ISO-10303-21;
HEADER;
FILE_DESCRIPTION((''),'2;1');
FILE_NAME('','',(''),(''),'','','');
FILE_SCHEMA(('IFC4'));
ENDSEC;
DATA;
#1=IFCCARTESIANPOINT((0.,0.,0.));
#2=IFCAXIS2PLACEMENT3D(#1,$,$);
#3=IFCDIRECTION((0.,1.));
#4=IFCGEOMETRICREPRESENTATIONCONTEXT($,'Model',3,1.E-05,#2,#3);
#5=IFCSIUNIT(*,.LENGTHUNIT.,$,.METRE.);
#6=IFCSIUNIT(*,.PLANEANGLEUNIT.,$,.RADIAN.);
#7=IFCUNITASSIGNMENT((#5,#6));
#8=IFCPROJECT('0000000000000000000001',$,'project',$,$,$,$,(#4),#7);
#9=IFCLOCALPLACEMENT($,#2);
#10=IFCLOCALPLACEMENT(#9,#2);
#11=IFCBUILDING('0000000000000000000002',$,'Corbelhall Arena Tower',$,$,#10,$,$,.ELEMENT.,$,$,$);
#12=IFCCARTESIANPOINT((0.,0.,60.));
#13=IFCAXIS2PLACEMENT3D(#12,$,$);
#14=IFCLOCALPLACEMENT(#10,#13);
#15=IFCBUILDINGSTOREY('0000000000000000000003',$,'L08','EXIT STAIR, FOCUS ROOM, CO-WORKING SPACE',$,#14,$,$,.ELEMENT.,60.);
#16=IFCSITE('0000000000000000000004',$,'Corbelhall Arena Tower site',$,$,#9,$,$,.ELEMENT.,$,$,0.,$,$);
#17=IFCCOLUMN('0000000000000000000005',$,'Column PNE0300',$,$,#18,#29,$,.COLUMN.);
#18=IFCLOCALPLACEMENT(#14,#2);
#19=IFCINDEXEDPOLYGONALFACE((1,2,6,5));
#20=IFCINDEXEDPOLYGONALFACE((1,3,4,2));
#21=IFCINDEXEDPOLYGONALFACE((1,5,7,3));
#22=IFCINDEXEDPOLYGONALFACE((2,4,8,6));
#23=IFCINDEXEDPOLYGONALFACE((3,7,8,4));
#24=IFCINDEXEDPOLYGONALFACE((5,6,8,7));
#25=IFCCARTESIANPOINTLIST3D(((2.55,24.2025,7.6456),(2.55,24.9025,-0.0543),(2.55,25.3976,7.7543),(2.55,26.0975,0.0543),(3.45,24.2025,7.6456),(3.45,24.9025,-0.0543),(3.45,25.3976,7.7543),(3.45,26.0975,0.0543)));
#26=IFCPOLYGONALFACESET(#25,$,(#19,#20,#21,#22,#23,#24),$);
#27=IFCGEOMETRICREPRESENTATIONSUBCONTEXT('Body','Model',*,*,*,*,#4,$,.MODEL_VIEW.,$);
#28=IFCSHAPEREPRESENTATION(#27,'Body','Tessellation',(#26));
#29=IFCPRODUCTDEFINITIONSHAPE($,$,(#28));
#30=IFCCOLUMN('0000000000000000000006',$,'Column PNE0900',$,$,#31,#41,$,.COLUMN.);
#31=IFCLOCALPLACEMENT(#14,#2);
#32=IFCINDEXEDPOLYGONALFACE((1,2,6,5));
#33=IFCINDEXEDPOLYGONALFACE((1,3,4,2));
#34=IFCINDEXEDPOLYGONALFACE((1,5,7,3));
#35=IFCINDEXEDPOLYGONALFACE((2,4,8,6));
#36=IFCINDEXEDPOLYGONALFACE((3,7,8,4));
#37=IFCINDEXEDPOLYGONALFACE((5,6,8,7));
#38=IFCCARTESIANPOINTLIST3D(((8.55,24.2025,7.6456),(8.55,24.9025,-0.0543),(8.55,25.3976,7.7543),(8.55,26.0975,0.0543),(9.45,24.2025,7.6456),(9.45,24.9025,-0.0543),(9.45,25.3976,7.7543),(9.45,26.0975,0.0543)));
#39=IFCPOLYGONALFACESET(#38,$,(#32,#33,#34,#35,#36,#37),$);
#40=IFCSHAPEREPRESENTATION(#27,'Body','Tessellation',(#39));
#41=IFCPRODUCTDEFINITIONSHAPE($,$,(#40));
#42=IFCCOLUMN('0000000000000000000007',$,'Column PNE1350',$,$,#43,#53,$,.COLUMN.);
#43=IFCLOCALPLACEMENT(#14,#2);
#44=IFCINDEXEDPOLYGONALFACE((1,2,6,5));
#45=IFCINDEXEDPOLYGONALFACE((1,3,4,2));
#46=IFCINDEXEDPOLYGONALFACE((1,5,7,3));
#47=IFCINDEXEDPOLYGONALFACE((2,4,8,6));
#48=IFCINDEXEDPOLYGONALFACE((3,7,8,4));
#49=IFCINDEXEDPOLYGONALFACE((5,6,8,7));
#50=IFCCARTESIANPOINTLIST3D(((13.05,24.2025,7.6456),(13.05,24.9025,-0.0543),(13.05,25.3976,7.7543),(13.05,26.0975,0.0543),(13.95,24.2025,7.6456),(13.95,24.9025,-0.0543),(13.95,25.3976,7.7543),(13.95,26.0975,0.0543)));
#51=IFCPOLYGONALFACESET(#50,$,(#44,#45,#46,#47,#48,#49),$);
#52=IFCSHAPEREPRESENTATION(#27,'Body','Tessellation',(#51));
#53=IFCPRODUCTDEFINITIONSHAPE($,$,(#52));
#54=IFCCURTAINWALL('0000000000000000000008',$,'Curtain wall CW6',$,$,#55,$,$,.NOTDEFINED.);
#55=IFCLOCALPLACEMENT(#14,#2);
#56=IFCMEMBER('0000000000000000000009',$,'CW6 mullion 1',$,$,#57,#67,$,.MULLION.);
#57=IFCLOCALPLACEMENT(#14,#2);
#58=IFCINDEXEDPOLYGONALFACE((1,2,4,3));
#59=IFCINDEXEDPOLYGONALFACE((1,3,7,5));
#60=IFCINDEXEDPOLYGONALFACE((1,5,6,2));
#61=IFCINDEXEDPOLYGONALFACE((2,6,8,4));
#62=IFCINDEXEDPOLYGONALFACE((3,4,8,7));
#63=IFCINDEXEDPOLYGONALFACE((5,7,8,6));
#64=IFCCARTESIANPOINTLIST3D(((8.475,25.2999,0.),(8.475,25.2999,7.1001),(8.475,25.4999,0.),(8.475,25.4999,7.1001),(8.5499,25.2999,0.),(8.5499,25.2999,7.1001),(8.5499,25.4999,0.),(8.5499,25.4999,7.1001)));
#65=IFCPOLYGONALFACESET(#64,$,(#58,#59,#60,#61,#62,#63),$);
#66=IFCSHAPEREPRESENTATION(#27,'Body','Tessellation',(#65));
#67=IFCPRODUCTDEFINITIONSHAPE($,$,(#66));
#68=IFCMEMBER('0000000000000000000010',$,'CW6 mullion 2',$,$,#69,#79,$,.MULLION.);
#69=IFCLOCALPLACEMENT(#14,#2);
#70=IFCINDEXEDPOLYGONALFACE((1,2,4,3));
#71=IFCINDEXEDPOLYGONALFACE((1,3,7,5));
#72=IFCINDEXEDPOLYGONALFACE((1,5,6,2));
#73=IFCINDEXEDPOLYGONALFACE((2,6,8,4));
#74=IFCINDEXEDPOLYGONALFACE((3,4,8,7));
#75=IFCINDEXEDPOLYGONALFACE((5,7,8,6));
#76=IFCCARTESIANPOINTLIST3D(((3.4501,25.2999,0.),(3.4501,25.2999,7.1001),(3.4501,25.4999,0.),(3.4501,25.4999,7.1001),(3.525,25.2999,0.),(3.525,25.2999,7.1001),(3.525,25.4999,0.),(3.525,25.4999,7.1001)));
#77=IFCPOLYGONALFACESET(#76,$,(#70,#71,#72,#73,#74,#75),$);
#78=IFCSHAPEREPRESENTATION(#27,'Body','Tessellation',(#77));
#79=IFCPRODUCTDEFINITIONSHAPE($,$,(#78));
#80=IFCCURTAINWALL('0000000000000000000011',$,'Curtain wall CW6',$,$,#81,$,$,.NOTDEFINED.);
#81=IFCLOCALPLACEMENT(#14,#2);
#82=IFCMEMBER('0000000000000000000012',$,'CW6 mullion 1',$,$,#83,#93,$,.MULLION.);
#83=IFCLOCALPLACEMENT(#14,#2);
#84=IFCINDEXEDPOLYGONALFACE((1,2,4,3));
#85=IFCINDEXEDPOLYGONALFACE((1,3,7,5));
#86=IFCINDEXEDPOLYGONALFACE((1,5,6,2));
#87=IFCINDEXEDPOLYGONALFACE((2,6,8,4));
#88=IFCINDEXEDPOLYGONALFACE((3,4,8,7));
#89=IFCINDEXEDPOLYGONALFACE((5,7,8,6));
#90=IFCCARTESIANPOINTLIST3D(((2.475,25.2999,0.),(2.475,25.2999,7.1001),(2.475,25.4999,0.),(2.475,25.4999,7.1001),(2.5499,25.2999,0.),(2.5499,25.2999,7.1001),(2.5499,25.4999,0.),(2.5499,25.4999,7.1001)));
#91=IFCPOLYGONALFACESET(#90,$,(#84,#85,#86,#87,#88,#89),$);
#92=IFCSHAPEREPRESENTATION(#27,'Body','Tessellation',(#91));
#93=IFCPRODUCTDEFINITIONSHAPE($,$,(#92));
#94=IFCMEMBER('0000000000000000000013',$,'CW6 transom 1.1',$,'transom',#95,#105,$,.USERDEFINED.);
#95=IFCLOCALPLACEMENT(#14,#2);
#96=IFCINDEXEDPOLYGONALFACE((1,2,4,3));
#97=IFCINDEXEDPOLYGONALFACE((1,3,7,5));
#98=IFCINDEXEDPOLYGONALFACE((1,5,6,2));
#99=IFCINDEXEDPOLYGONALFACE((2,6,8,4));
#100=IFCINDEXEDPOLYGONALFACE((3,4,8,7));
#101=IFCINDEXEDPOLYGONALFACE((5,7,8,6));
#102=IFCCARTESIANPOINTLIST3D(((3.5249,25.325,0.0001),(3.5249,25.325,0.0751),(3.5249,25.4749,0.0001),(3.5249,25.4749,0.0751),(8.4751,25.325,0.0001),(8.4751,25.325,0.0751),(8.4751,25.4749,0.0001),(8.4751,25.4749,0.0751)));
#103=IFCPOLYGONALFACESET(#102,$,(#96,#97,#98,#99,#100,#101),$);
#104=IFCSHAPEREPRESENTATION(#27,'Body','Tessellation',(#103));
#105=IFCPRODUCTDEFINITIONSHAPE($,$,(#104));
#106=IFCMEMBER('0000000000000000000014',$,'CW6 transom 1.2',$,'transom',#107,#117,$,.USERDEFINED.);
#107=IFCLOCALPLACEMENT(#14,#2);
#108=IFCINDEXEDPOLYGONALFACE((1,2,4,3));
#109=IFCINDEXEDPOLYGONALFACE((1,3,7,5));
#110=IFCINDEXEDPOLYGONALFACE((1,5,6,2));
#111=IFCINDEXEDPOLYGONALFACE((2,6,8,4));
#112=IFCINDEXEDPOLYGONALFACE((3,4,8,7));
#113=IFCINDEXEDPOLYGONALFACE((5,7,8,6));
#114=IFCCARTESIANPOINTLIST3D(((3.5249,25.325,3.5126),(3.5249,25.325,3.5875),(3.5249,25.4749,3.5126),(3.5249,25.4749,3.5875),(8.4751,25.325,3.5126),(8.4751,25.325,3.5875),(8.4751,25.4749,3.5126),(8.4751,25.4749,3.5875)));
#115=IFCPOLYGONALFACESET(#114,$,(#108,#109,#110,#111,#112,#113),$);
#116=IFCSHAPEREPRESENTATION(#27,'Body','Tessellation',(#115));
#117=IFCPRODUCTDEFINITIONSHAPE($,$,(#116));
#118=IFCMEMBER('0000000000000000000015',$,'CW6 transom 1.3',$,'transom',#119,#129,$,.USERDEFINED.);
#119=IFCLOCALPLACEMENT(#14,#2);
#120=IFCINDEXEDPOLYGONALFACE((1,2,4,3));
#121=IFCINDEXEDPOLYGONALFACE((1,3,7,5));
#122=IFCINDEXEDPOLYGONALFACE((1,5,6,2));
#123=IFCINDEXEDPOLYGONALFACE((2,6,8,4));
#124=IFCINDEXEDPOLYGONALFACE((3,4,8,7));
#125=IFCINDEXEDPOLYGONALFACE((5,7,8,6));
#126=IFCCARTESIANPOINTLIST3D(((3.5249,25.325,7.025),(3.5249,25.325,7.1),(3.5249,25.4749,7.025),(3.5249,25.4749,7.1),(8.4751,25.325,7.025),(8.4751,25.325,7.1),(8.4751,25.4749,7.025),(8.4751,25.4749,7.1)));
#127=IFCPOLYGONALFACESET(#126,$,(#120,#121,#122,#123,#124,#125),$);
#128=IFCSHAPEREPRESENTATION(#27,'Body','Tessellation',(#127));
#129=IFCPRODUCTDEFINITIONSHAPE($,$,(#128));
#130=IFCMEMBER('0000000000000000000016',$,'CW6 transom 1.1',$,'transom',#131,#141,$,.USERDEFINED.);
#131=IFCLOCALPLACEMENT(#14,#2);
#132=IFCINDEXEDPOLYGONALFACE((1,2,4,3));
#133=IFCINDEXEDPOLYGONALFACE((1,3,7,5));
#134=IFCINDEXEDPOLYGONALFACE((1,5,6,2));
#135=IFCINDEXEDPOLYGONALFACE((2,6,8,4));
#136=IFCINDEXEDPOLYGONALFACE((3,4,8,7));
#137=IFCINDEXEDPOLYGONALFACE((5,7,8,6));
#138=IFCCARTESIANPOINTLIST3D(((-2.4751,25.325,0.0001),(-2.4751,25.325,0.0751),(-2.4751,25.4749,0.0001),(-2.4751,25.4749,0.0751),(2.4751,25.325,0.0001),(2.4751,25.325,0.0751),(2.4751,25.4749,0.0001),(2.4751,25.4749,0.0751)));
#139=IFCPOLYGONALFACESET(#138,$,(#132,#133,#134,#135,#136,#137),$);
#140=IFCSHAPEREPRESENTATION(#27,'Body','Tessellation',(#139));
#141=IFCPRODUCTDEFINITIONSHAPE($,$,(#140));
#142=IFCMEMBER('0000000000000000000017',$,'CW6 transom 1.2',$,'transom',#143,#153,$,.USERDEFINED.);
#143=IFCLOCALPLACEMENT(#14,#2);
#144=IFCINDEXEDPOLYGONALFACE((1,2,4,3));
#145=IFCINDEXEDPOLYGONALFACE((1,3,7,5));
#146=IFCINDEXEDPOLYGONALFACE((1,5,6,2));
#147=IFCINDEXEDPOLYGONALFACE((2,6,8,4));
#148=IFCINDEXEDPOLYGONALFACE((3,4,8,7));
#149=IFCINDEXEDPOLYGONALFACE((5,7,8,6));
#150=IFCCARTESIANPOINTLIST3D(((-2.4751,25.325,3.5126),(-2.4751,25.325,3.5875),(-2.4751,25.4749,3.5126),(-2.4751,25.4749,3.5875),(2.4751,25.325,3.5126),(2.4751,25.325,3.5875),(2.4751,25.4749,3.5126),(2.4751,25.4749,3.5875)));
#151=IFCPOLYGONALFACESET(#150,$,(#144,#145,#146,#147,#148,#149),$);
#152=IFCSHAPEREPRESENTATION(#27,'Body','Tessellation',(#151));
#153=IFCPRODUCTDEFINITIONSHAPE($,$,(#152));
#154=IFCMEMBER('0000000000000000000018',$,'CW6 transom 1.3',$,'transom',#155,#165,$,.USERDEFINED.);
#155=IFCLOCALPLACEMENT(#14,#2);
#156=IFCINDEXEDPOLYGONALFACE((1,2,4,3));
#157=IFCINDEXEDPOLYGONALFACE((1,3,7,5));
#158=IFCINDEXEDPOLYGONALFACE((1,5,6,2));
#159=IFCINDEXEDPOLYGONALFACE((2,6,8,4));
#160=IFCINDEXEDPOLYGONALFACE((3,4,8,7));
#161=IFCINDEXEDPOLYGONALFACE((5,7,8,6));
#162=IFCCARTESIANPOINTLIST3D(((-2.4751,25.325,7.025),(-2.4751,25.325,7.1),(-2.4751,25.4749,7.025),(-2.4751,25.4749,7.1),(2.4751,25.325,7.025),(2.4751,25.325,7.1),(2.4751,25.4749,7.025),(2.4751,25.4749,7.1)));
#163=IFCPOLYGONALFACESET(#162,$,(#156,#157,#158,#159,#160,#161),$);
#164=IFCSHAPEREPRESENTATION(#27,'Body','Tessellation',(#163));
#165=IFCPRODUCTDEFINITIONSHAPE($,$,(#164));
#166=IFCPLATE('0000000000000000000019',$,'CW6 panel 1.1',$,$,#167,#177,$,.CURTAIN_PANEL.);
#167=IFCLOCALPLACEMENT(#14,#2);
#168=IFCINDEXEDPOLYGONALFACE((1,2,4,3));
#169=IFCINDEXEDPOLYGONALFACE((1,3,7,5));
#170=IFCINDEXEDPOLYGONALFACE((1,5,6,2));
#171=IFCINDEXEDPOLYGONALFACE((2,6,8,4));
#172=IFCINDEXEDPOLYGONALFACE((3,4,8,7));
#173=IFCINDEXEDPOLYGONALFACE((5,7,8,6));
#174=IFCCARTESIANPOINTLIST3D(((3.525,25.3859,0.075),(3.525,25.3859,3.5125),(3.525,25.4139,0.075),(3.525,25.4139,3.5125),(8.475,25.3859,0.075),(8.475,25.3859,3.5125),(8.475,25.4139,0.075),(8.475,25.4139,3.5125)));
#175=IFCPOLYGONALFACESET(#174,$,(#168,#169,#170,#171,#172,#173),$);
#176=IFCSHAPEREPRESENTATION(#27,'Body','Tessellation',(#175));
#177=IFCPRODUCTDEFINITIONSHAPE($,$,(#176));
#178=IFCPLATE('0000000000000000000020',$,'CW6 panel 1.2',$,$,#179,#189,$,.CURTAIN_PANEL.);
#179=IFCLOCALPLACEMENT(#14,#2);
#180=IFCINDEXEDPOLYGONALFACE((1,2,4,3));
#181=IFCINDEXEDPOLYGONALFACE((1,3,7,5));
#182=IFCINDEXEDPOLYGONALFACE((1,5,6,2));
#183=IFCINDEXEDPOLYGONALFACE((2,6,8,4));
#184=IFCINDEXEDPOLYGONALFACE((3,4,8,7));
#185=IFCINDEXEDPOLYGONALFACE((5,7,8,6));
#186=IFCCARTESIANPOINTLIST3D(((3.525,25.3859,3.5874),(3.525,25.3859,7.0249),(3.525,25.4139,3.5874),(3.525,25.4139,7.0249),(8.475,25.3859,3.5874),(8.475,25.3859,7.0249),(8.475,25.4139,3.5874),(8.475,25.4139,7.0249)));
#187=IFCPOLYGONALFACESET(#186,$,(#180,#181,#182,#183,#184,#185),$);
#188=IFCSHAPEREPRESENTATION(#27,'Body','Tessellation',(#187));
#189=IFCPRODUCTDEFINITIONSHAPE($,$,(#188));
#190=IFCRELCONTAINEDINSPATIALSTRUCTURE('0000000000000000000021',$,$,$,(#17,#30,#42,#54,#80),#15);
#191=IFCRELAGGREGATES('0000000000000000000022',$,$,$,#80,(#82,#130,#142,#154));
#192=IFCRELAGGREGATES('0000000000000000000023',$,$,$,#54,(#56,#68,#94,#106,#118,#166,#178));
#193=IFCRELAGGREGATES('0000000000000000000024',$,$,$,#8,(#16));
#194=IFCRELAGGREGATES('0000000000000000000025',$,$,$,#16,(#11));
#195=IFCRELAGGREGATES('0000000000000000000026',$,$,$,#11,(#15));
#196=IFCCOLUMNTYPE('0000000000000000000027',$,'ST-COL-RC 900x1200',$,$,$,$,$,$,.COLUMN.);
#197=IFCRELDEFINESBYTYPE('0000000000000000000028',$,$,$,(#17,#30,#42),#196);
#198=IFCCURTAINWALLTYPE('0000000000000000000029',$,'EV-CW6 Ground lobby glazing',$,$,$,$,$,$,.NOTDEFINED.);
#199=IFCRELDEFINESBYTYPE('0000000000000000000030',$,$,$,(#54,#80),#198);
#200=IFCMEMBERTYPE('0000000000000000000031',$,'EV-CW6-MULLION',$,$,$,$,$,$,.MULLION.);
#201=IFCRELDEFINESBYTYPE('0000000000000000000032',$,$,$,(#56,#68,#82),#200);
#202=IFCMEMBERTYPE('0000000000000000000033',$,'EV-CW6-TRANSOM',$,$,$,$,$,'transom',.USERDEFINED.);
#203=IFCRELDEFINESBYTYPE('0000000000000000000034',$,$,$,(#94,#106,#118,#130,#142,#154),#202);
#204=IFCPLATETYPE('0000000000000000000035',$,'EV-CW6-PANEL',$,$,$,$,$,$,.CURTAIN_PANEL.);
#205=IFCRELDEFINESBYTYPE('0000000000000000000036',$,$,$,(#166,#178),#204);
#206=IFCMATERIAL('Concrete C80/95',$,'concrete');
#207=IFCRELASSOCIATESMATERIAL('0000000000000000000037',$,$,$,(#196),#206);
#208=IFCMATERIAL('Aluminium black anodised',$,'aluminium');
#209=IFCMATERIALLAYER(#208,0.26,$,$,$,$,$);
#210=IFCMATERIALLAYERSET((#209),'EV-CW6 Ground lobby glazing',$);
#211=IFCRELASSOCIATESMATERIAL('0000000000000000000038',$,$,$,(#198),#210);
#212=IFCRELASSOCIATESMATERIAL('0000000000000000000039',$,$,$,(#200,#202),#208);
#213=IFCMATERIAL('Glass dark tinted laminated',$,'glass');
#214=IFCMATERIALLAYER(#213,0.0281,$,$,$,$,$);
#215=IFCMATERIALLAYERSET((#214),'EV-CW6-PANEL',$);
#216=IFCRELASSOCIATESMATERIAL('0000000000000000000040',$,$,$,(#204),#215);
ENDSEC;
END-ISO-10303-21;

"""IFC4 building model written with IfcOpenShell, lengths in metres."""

from ifc_helpers import new_model, si_unit, direction, frame, origin, origin_2d, place, context, subcontext, project, spatial, rectangle, extrude, material, layer, layer_set, material_profile, profile_set, type_object, element, aggregate, save


model = new_model("IFC4")

# Units and contexts
model_context = context("Model", 3, precision=1e-05, world=origin(), true_north=direction((0.0, 1.0)))
body_context = subcontext(model_context, "Body", "Model", "MODEL_VIEW")
ifc_project = project(units=[si_unit("LENGTHUNIT", "METRE"), si_unit("PLANEANGLEUNIT", "RADIAN")], contexts=[model_context])

# Site, building, storey
site_placement = place(None, origin())
site = spatial("IfcSite", under=ifc_project, at=site_placement, Name="Corbelhall Arena Tower site", CompositionType="ELEMENT", RefElevation=0.0)
building_placement = place(site_placement, origin())
building = spatial("IfcBuilding", under=site, at=building_placement, Name="Corbelhall Arena Tower", CompositionType="ELEMENT")
storey_placement = place(building_placement, frame((0.0, 0.0, 60.0)))
storey = spatial("IfcBuildingStorey", under=building, at=storey_placement, Name="L08", Description="EXIT STAIR, FOCUS ROOM, CO-WORKING SPACE", CompositionType="ELEMENT", Elevation=60.0)

# Columns
ifc_material_1 = material(Name="Concrete C80/95", Category="concrete")
ifc_material_profile_1 = material_profile(ifc_material_1, rectangle(XDim=0.8999, YDim=1.2, at=origin_2d()))
ifc_profile_set_1 = profile_set([ifc_material_profile_1], Name="Concrete C80/95")
column_type = type_object("IfcColumnType", Name="ST-COL-RC 900x1200", PredefinedType="COLUMN", material=ifc_profile_set_1)
for number, where, z_axis, x_axis, name in (
    (1, (3.0, 25.5, 0.0), (0.0, -0.09053, 0.995894), (1.0, 0.0, 0.0), "Column PNE0300"),
    (2, (9.0, 25.5, 0.0), (0.0, -0.09053, 0.995894), (1.0, 0.0, 0.0), "Column PNE0900"),
    (3, (13.5, 25.5, 0.0), (0.0, -0.09053, 0.995894), (1.0, 0.0, 0.0), "Column PNE1350"),
):
    element("IfcColumn", number, at=place(storey_placement, frame(where, z_axis=z_axis, x_axis=x_axis)), inside=storey, type_object=column_type, Name=name, PredefinedType="COLUMN", context=body_context, shape_type="SweptSolid", body=[
        extrude(rectangle(XDim=0.8999, YDim=1.2, at=origin_2d()), origin(), (0.0, 0.0, 1.0), 7.7317),
    ])

# Curtain wall, members
ifc_material_2 = material(Name="Aluminium black anodised", Category="aluminium")
ifc_layer_1 = layer(ifc_material_2, 0.26)
ifc_layer_set_1 = layer_set([ifc_layer_1], Name="EV-CW6 Ground lobby glazing")
curtain_wall_type = type_object("IfcCurtainWallType", Name="EV-CW6 Ground lobby glazing", PredefinedType="NOTDEFINED", material=ifc_layer_set_1)
curtain_wall_1_placement = place(storey_placement, origin())
curtain_wall_1 = element("IfcCurtainWall", 4, at=curtain_wall_1_placement, inside=storey, type_object=curtain_wall_type, Name="Curtain wall CW6", PredefinedType="NOTDEFINED")
ifc_material_profile_2 = material_profile(ifc_material_2, rectangle(XDim=0.2, YDim=0.075, at=origin_2d()))
ifc_profile_set_2 = profile_set([ifc_material_profile_2], Name="Aluminium black anodised")
member_type_1 = type_object("IfcMemberType", Name="EV-CW6-MULLION", PredefinedType="MULLION", material=ifc_profile_set_2)
member_1_placement = place(storey_placement, frame((8.5125, 25.3999, 0.0), z_axis=(0.0, 0.0, 1.0), x_axis=(0.0, -1.0, 0.0)))
member_1 = element("IfcMember", 5, at=member_1_placement, type_object=member_type_1, Name="CW6 mullion 1", PredefinedType="MULLION", context=body_context, shape_type="SweptSolid", body=[
    extrude(rectangle(XDim=0.2, YDim=0.075, at=origin_2d()), origin(), (0.0, 0.0, 1.0), 7.1001),
])
member_2_placement = place(storey_placement, frame((3.4875, 25.3999, 0.0), z_axis=(0.0, 0.0, 1.0), x_axis=(0.0, -1.0, 0.0)))
member_2 = element("IfcMember", 6, at=member_2_placement, type_object=member_type_1, Name="CW6 mullion 2", PredefinedType="MULLION", context=body_context, shape_type="SweptSolid", body=[
    extrude(rectangle(XDim=0.2, YDim=0.075, at=origin_2d()), origin(), (0.0, 0.0, 1.0), 7.1001),
])

# Curtain wall, member
curtain_wall_2_placement = place(storey_placement, origin())
curtain_wall_2 = element("IfcCurtainWall", 7, at=curtain_wall_2_placement, inside=storey, type_object=curtain_wall_type, Name="Curtain wall CW6", PredefinedType="NOTDEFINED")
member_3_placement = place(storey_placement, frame((2.5125, 25.3999, 0.0), z_axis=(0.0, 0.0, 1.0), x_axis=(0.0, -1.0, 0.0)))
member_3 = element("IfcMember", 8, at=member_3_placement, type_object=member_type_1, Name="CW6 mullion 1", PredefinedType="MULLION", context=body_context, shape_type="SweptSolid", body=[
    extrude(rectangle(XDim=0.2, YDim=0.075, at=origin_2d()), origin(), (0.0, 0.0, 1.0), 7.1001),
])

# Members
ifc_material_profile_3 = material_profile(ifc_material_2, rectangle(XDim=0.1499, YDim=0.075, at=origin_2d()))
ifc_profile_set_3 = profile_set([ifc_material_profile_3], Name="Aluminium black anodised")
member_type_2 = type_object("IfcMemberType", Name="EV-CW6-TRANSOM", ElementType="transom", PredefinedType="USERDEFINED", material=ifc_profile_set_3)
member_4_placement = place(storey_placement, frame((8.4751, 25.3999, 0.0376), z_axis=(-1.0, 0.0, 0.0), x_axis=(0.0, -1.0, 0.0)))
member_4 = element("IfcMember", 9, at=member_4_placement, type_object=member_type_2, Name="CW6 transom 1.1", ObjectType="transom", PredefinedType="USERDEFINED", context=body_context, shape_type="SweptSolid", body=[
    extrude(rectangle(XDim=0.1499, YDim=0.075, at=origin_2d()), origin(), (0.0, 0.0, 1.0), 4.9502),
])
member_5_placement = place(storey_placement, frame((8.4751, 25.3999, 3.55), z_axis=(-1.0, 0.0, 0.0), x_axis=(0.0, -1.0, 0.0)))
member_5 = element("IfcMember", 10, at=member_5_placement, type_object=member_type_2, Name="CW6 transom 1.2", ObjectType="transom", PredefinedType="USERDEFINED", context=body_context, shape_type="SweptSolid", body=[
    extrude(rectangle(XDim=0.1499, YDim=0.075, at=origin_2d()), origin(), (0.0, 0.0, 1.0), 4.9502),
])
member_6_placement = place(storey_placement, frame((8.4751, 25.3999, 7.0625), z_axis=(-1.0, 0.0, 0.0), x_axis=(0.0, -1.0, 0.0)))
member_6 = element("IfcMember", 11, at=member_6_placement, type_object=member_type_2, Name="CW6 transom 1.3", ObjectType="transom", PredefinedType="USERDEFINED", context=body_context, shape_type="SweptSolid", body=[
    extrude(rectangle(XDim=0.1499, YDim=0.075, at=origin_2d()), origin(), (0.0, 0.0, 1.0), 4.9502),
])
member_7_placement = place(storey_placement, frame((2.4751, 25.3999, 0.0376), z_axis=(-1.0, 0.0, 0.0), x_axis=(0.0, -1.0, 0.0)))
member_7 = element("IfcMember", 12, at=member_7_placement, type_object=member_type_2, Name="CW6 transom 1.1", ObjectType="transom", PredefinedType="USERDEFINED", context=body_context, shape_type="SweptSolid", body=[
    extrude(rectangle(XDim=0.1499, YDim=0.075, at=origin_2d()), origin(), (0.0, 0.0, 1.0), 4.9502),
])
member_8_placement = place(storey_placement, frame((2.4751, 25.3999, 3.55), z_axis=(-1.0, 0.0, 0.0), x_axis=(0.0, -1.0, 0.0)))
member_8 = element("IfcMember", 13, at=member_8_placement, type_object=member_type_2, Name="CW6 transom 1.2", ObjectType="transom", PredefinedType="USERDEFINED", context=body_context, shape_type="SweptSolid", body=[
    extrude(rectangle(XDim=0.1499, YDim=0.075, at=origin_2d()), origin(), (0.0, 0.0, 1.0), 4.9502),
])
member_9_placement = place(storey_placement, frame((2.4751, 25.3999, 7.0625), z_axis=(-1.0, 0.0, 0.0), x_axis=(0.0, -1.0, 0.0)))
member_9 = element("IfcMember", 14, at=member_9_placement, type_object=member_type_2, Name="CW6 transom 1.3", ObjectType="transom", PredefinedType="USERDEFINED", context=body_context, shape_type="SweptSolid", body=[
    extrude(rectangle(XDim=0.1499, YDim=0.075, at=origin_2d()), origin(), (0.0, 0.0, 1.0), 4.9502),
])
aggregate(curtain_wall_2, [member_3, member_7, member_8, member_9])

# Plates
ifc_material_3 = material(Name="Glass dark tinted laminated", Category="glass")
ifc_layer_2 = layer(ifc_material_3, 0.0281)
ifc_layer_set_2 = layer_set([ifc_layer_2], Name="EV-CW6-PANEL")
plate_type = type_object("IfcPlateType", Name="EV-CW6-PANEL", PredefinedType="CURTAIN_PANEL", material=ifc_layer_set_2)
plate_1_placement = place(storey_placement, frame((6.0, 25.3999, 0.075), z_axis=(0.0, 0.0, 1.0), x_axis=(-1.0, 0.0, 0.0)))
plate_1 = element("IfcPlate", 15, at=plate_1_placement, type_object=plate_type, Name="CW6 panel 1.1", PredefinedType="CURTAIN_PANEL", context=body_context, shape_type="SweptSolid", body=[
    extrude(rectangle(XDim=4.95, YDim=0.0281, at=origin_2d()), origin(), (0.0, 0.0, 1.0), 3.4375),
])
plate_2_placement = place(storey_placement, frame((6.0, 25.3999, 3.5874), z_axis=(0.0, 0.0, 1.0), x_axis=(-1.0, 0.0, 0.0)))
plate_2 = element("IfcPlate", 16, at=plate_2_placement, type_object=plate_type, Name="CW6 panel 1.2", PredefinedType="CURTAIN_PANEL", context=body_context, shape_type="SweptSolid", body=[
    extrude(rectangle(XDim=4.95, YDim=0.0281, at=origin_2d()), origin(), (0.0, 0.0, 1.0), 3.4375),
])
aggregate(curtain_wall_1, [member_1, member_2, member_4, member_5, member_6, plate_1, plate_2])

save(model, "model.ifc")
